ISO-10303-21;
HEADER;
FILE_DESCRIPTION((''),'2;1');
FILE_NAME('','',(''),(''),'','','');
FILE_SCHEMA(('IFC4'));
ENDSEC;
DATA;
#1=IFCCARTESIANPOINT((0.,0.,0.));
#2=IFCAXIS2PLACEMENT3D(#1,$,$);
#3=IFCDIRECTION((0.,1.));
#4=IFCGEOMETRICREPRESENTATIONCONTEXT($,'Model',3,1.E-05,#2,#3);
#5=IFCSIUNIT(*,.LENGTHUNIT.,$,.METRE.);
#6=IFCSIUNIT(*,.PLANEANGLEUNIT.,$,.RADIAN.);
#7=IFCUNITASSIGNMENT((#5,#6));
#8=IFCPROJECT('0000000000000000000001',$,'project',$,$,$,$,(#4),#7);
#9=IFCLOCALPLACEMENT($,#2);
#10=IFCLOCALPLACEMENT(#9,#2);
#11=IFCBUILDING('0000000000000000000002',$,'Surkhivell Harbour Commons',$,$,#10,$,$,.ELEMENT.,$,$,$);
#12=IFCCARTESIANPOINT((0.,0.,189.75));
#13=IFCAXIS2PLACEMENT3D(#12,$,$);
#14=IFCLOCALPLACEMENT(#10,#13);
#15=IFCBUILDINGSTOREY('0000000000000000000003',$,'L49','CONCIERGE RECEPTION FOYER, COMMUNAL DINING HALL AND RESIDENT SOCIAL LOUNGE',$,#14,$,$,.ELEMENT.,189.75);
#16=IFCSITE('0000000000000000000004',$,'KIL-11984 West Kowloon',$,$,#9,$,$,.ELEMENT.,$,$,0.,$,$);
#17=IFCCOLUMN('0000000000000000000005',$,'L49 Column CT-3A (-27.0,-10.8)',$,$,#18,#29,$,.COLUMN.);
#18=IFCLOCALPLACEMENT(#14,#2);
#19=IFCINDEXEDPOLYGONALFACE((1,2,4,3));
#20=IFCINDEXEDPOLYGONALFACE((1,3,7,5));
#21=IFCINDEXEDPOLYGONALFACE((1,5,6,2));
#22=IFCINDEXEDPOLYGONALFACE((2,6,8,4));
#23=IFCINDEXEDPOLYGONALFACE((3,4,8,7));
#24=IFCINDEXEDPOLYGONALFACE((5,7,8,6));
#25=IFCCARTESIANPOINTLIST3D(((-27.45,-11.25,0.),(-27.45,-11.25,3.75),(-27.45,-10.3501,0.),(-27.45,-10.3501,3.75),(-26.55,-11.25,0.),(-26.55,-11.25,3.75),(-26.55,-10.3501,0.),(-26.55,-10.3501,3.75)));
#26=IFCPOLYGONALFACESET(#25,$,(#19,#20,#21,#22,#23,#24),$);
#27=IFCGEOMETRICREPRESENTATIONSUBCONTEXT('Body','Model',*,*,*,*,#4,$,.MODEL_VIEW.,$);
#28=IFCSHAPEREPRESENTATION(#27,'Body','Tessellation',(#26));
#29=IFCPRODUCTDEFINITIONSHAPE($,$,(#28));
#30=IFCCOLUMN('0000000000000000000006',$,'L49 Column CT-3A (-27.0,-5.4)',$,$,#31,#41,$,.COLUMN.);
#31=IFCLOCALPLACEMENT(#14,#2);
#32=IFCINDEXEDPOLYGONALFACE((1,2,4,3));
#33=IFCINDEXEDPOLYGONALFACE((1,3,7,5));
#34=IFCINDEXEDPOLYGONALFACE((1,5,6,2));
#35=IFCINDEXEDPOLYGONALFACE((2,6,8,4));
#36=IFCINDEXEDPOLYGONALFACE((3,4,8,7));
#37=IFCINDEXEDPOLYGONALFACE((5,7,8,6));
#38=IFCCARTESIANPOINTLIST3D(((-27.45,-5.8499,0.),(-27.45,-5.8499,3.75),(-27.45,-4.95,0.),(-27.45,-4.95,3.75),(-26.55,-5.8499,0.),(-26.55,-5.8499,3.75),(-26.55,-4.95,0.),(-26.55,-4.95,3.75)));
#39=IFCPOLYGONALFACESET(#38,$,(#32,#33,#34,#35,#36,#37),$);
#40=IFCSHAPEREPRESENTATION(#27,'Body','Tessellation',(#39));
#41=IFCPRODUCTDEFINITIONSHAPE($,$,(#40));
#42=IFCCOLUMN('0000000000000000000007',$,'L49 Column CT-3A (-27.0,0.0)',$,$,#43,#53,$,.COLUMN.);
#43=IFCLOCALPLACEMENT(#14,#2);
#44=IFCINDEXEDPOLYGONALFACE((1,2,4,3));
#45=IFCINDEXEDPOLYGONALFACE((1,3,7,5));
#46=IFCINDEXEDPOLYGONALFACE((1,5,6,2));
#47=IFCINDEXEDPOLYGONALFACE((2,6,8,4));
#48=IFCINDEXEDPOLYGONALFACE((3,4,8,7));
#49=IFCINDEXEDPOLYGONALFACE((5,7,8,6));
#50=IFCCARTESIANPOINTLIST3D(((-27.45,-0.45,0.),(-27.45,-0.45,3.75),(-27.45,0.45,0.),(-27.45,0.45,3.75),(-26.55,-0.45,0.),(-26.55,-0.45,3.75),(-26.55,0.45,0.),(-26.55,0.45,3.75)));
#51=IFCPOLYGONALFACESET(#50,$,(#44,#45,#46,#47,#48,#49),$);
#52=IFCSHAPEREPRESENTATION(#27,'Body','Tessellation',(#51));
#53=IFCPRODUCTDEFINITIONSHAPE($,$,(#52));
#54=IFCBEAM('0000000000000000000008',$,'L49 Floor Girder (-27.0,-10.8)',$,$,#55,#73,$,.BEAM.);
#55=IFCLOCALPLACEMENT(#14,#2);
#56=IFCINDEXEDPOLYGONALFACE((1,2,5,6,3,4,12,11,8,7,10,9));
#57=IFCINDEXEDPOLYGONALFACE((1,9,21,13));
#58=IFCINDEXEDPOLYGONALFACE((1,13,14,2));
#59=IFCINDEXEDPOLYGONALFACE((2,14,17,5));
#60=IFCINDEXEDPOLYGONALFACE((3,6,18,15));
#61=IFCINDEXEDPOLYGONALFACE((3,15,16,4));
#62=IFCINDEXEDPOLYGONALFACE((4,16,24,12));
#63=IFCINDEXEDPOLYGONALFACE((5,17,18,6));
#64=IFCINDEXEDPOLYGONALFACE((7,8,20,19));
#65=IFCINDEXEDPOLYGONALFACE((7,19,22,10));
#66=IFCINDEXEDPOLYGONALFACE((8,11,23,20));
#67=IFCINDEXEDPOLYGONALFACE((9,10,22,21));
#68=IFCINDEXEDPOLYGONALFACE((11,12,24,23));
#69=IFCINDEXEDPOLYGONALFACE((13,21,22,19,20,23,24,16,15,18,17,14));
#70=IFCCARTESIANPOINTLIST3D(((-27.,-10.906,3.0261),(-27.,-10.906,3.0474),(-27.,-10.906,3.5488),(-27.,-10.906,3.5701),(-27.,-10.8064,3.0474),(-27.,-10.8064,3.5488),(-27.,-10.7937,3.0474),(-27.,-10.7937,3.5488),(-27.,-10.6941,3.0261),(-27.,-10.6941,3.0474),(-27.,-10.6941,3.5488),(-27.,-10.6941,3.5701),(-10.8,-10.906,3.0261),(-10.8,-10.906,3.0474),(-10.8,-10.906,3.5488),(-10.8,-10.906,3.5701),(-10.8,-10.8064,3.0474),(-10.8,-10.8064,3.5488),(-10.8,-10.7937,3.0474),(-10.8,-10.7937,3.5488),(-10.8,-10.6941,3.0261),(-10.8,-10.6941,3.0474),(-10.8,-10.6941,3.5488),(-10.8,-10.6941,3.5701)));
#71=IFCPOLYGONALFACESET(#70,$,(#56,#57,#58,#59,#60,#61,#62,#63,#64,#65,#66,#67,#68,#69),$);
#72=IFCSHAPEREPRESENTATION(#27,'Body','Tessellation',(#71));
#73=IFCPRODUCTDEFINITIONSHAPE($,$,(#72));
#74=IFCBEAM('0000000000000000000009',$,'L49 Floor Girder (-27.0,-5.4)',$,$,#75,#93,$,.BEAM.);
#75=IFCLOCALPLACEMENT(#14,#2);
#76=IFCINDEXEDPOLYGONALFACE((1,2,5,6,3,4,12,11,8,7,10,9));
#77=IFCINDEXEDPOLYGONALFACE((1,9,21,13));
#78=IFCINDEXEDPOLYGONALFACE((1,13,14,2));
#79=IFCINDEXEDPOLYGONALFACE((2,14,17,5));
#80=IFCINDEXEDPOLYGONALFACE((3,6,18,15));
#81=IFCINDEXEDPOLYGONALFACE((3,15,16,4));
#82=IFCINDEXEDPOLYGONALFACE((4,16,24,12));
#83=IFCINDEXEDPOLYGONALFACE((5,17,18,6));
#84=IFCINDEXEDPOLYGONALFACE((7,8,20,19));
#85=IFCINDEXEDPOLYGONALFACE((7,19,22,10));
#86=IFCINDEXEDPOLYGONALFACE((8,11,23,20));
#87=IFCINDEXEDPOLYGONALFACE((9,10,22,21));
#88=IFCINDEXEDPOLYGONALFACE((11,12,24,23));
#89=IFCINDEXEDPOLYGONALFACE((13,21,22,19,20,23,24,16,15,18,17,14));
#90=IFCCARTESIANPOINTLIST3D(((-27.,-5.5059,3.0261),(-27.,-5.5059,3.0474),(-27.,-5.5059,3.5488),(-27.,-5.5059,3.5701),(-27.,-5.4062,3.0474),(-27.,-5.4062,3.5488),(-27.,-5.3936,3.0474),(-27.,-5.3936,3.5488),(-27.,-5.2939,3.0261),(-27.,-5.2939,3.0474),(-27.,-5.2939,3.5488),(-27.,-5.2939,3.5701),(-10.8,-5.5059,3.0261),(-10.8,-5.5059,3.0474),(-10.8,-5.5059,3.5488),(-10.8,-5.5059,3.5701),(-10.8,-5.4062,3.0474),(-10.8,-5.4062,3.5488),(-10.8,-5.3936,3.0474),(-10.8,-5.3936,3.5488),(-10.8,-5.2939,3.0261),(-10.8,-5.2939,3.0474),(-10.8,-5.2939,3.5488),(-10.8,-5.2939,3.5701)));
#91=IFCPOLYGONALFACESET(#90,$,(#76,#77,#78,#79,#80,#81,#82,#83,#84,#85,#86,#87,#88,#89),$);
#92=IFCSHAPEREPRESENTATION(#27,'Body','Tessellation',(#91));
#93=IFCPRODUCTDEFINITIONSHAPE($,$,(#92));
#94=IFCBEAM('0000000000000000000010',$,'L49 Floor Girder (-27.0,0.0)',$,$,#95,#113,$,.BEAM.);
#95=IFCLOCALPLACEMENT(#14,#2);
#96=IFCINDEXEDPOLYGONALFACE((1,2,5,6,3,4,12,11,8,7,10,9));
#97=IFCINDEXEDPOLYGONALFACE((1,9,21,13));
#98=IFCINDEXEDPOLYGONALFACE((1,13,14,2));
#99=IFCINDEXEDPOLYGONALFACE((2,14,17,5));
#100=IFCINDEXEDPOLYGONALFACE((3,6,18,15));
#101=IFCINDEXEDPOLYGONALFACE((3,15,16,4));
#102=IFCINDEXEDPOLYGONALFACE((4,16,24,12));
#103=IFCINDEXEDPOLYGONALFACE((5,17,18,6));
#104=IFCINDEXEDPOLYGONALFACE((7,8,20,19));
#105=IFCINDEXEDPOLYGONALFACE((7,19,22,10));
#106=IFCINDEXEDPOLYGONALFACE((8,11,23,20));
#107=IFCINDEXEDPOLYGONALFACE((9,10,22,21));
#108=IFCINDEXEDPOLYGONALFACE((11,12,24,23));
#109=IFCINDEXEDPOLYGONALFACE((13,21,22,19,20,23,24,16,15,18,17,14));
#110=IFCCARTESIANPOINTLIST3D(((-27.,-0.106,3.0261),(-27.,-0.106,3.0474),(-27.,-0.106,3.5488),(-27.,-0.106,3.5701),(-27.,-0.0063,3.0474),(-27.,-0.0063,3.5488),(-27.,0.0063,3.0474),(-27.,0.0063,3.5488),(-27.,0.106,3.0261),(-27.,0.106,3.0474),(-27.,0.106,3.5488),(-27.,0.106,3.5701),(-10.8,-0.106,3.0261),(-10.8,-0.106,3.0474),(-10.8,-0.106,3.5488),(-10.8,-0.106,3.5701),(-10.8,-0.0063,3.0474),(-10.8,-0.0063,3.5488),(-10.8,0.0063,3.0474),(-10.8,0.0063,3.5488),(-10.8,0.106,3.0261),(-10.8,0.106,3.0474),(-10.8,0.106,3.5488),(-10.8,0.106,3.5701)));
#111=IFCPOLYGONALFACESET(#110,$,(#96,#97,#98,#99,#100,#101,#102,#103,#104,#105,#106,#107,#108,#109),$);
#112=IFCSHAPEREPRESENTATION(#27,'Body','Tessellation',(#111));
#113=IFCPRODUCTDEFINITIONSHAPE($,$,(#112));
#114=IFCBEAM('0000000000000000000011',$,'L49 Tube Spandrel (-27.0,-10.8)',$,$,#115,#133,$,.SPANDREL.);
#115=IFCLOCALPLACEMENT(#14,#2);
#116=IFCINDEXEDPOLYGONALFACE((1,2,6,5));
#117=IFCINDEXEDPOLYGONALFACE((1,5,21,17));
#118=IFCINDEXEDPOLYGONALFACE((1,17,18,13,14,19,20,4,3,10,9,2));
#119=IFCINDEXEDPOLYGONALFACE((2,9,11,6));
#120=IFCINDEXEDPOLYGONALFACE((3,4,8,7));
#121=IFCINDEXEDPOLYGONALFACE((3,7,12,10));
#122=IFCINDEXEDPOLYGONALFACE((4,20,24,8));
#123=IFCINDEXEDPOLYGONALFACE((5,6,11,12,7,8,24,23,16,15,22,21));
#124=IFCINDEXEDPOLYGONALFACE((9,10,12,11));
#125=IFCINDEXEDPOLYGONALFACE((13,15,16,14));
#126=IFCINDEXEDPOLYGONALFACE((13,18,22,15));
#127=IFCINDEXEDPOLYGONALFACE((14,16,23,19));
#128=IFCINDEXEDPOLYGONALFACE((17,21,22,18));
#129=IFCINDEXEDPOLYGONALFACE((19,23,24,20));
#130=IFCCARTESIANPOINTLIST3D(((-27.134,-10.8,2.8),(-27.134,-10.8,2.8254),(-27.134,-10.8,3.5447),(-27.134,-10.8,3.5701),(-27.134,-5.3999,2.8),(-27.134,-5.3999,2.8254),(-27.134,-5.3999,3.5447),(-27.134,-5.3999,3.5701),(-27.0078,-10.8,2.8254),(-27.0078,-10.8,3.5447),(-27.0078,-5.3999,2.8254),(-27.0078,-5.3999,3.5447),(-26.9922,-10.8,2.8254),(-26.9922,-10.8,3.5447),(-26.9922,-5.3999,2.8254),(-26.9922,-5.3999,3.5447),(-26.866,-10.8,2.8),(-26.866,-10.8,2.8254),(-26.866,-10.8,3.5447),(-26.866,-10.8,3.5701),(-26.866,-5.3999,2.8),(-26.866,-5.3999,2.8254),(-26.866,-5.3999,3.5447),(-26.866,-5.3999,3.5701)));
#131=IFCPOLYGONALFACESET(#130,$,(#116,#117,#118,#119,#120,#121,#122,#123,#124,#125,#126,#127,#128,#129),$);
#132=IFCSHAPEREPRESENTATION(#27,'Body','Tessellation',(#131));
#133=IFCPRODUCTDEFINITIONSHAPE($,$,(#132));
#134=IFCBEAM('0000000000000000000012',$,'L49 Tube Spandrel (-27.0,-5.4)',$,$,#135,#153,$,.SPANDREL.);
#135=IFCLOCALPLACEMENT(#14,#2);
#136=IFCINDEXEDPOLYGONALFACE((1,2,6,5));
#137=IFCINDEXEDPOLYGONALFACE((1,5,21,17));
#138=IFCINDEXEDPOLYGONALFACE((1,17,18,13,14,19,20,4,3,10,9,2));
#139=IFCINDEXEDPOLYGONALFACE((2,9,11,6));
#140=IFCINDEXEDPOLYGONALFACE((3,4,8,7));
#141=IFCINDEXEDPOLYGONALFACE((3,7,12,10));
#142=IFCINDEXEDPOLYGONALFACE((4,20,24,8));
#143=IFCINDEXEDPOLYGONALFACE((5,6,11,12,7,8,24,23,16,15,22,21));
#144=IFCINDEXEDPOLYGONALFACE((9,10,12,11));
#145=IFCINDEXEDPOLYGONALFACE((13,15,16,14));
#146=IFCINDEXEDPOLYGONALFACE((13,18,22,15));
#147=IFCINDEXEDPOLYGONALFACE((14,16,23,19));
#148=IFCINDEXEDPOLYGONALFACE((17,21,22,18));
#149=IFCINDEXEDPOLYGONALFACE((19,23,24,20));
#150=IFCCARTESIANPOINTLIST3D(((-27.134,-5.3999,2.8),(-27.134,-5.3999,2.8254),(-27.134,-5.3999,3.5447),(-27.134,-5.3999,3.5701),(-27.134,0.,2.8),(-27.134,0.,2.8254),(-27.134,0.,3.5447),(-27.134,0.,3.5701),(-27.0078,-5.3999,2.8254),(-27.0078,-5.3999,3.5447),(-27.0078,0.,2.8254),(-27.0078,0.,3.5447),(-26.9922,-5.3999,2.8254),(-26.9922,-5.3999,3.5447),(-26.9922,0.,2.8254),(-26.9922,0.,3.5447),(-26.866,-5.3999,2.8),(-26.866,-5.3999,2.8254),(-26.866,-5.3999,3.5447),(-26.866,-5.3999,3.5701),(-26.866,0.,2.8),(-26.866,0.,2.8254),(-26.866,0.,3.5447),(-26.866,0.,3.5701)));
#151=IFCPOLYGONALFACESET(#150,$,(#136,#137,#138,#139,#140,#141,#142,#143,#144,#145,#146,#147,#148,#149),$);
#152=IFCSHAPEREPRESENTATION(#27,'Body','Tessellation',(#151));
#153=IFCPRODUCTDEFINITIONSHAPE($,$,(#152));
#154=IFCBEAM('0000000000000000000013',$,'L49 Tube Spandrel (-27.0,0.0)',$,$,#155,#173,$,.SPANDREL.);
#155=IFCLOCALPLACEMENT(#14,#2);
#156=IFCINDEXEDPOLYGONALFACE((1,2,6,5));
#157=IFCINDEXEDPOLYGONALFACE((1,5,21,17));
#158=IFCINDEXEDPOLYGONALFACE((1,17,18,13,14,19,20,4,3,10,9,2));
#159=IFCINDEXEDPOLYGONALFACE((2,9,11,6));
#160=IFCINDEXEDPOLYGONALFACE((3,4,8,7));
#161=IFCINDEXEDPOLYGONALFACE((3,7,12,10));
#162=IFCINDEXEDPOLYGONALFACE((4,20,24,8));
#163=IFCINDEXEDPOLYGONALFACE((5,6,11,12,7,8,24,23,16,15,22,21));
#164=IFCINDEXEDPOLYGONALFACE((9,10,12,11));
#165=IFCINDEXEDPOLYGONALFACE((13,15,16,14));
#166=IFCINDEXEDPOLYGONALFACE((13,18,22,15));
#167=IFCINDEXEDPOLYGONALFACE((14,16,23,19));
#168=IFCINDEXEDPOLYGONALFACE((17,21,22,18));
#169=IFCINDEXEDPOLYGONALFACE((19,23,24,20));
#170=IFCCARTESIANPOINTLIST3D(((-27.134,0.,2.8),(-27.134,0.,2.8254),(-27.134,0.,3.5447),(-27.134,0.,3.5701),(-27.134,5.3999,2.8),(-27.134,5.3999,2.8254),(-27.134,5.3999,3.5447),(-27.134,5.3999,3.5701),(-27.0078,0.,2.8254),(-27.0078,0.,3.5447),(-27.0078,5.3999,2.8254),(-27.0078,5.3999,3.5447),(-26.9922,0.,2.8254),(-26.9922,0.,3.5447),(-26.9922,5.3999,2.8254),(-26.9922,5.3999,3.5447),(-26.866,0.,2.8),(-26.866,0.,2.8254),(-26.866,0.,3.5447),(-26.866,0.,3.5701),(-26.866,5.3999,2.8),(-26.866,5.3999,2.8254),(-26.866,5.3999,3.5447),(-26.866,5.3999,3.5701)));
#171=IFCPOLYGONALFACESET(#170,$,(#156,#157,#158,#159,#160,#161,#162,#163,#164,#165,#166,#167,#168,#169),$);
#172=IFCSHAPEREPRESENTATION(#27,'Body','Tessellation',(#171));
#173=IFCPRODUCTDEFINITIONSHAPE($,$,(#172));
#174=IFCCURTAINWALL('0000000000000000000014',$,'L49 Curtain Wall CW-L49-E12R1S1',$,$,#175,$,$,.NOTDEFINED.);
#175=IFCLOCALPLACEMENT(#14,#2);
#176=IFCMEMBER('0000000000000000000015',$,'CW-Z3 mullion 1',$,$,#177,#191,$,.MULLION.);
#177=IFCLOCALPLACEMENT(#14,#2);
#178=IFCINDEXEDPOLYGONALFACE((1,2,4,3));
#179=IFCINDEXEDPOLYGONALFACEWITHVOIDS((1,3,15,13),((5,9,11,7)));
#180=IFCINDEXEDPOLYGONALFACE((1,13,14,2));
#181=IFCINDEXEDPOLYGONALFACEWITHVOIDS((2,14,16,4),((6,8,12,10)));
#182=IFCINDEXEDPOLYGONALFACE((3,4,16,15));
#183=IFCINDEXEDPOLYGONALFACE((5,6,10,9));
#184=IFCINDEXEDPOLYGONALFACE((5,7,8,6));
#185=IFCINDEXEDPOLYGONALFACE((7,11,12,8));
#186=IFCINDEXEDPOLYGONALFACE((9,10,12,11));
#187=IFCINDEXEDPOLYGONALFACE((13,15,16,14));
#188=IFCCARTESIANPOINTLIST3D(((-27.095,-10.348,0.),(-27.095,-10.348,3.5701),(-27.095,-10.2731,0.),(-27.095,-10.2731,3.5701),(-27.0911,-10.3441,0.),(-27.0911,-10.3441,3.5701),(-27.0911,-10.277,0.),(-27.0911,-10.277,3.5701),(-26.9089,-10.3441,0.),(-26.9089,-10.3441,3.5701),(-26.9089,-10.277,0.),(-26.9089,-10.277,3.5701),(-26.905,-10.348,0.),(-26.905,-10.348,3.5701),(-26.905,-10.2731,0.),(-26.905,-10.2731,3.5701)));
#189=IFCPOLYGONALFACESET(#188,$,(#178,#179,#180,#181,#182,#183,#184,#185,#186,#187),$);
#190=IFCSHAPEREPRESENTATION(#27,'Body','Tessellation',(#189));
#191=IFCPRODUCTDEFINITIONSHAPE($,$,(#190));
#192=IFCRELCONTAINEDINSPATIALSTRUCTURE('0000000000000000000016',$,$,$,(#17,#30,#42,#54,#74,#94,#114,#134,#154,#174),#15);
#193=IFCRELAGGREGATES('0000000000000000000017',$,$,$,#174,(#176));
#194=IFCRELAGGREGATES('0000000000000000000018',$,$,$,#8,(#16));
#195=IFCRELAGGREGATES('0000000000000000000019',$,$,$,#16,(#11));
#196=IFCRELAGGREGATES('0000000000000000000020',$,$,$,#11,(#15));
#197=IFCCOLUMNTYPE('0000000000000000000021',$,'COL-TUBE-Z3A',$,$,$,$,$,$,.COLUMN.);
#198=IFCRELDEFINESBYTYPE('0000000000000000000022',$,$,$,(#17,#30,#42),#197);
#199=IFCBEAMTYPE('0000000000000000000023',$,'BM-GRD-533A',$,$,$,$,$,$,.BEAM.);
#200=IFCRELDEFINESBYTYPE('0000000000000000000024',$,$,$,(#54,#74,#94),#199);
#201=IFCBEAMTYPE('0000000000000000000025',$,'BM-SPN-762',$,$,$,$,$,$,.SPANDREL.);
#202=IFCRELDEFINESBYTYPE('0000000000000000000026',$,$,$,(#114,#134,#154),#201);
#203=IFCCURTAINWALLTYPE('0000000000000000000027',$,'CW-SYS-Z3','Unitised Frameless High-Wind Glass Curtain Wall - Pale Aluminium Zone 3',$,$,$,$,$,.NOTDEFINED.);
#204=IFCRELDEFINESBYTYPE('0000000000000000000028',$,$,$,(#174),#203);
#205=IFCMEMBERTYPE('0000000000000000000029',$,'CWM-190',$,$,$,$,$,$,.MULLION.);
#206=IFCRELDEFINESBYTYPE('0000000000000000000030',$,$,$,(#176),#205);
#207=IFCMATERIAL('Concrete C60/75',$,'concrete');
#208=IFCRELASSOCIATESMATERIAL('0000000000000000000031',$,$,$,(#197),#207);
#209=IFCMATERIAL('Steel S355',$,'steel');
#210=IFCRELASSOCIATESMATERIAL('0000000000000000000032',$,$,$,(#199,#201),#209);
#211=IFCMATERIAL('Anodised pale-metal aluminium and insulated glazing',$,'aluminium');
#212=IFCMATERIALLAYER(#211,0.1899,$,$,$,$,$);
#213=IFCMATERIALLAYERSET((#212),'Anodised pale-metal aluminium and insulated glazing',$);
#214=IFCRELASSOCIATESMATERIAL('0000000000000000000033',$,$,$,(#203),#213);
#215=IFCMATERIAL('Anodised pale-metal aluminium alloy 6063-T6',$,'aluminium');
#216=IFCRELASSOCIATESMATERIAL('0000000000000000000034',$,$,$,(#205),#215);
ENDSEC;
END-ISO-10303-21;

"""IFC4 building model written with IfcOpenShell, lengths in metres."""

from ifc_helpers import new_model, si_unit, direction, frame, origin, origin_2d, place, context, subcontext, project, spatial, rectangle, hollow_rectangle, i_section, extrude, material, layer, layer_set, material_profile, profile_set, type_object, element, aggregate, save


model = new_model("IFC4")

# Units and contexts
model_context = context("Model", 3, precision=1e-05, world=origin(), true_north=direction((0.0, 1.0)))
body_context = subcontext(model_context, "Body", "Model", "MODEL_VIEW")
ifc_project = project(units=[si_unit("LENGTHUNIT", "METRE"), si_unit("PLANEANGLEUNIT", "RADIAN")], contexts=[model_context])

# Site, building, storey
site_placement = place(None, origin())
site = spatial("IfcSite", under=ifc_project, at=site_placement, Name="KIL-11984 West Kowloon", CompositionType="ELEMENT", RefElevation=0.0)
building_placement = place(site_placement, origin())
building = spatial("IfcBuilding", under=site, at=building_placement, Name="Surkhivell Harbour Commons", CompositionType="ELEMENT")
storey_placement = place(building_placement, frame((0.0, 0.0, 189.75)))
storey = spatial("IfcBuildingStorey", under=building, at=storey_placement, Name="L49", Description="CONCIERGE RECEPTION FOYER, COMMUNAL DINING HALL AND RESIDENT SOCIAL LOUNGE", CompositionType="ELEMENT", Elevation=189.75)

# Columns
ifc_material_1 = material(Name="Concrete C60/75", Category="concrete")
ifc_material_profile_1 = material_profile(ifc_material_1, rectangle(XDim=0.8999, YDim=0.8999, at=origin_2d()), Name="RC-COL-900x900")
ifc_profile_set_1 = profile_set([ifc_material_profile_1], Name="Concrete C60/75")
column_type = type_object("IfcColumnType", Name="COL-TUBE-Z3A", PredefinedType="COLUMN", material=ifc_profile_set_1)
for number, where, z_axis, x_axis, name in (
    (1, (-27.0, -10.8, 0.0), (0.0, 0.0, 1.0), (1.0, 0.0, 0.0), "L49 Column CT-3A (-27.0,-10.8)"),
    (2, (-27.0, -5.3999, 0.0), (0.0, 0.0, 1.0), (1.0, 0.0, 0.0), "L49 Column CT-3A (-27.0,-5.4)"),
    (3, (-27.0, 0.0, 0.0), (0.0, 0.0, 1.0), (1.0, 0.0, 0.0), "L49 Column CT-3A (-27.0,0.0)"),
):
    element("IfcColumn", number, at=place(storey_placement, frame(where, z_axis=z_axis, x_axis=x_axis)), inside=storey, type_object=column_type, Name=name, PredefinedType="COLUMN", context=body_context, shape_type="SweptSolid", body=[
        extrude(rectangle(XDim=0.8999, YDim=0.8999, at=origin_2d()), origin(), (0.0, 0.0, 1.0), 3.75),
    ])

# Beams
ifc_material_2 = material(Name="Steel S355", Category="steel")
ifc_material_profile_2 = material_profile(ifc_material_2, i_section(OverallWidth=0.2119, OverallDepth=0.5439, WebThickness=0.0127, FlangeThickness=0.0212, at=origin_2d()), Name="UB533x210x122")
ifc_profile_set_2 = profile_set([ifc_material_profile_2], Name="Steel S355")
beam_type_1 = type_object("IfcBeamType", Name="BM-GRD-533A", PredefinedType="BEAM", material=ifc_profile_set_2)
for number, where, z_axis, x_axis, name in (
    (4, (-27.0, -10.8, 3.2981), (1.0, 0.0, 0.0), (0.0, 1.0, 0.0), "L49 Floor Girder (-27.0,-10.8)"),
    (5, (-27.0, -5.3999, 3.2981), (1.0, 0.0, 0.0), (0.0, 1.0, 0.0), "L49 Floor Girder (-27.0,-5.4)"),
    (6, (-27.0, 0.0, 3.2981), (1.0, 0.0, 0.0), (0.0, 1.0, 0.0), "L49 Floor Girder (-27.0,0.0)"),
):
    element("IfcBeam", number, at=place(storey_placement, frame(where, z_axis=z_axis, x_axis=x_axis)), inside=storey, type_object=beam_type_1, Name=name, PredefinedType="BEAM", context=body_context, shape_type="SweptSolid", body=[
        extrude(i_section(OverallWidth=0.2119, OverallDepth=0.5439, WebThickness=0.0127, FlangeThickness=0.0212, at=origin_2d()), origin(), (0.0, 0.0, 1.0), 16.2),
    ])
ifc_material_profile_3 = material_profile(ifc_material_2, i_section(OverallWidth=0.2681, OverallDepth=0.77, WebThickness=0.0156, FlangeThickness=0.0254, at=origin_2d()), Name="UB762x267x197")
ifc_profile_set_3 = profile_set([ifc_material_profile_3], Name="Steel S355")
beam_type_2 = type_object("IfcBeamType", Name="BM-SPN-762", PredefinedType="SPANDREL", material=ifc_profile_set_3)
beam_placement = place(storey_placement, frame((-27.0, -10.8, 3.1851), z_axis=(0.0, 1.0, 0.0), x_axis=(-1.0, 0.0, 0.0)))
element("IfcBeam", 7, at=beam_placement, inside=storey, type_object=beam_type_2, Name="L49 Tube Spandrel (-27.0,-10.8)", PredefinedType="SPANDREL", context=body_context, shape_type="SweptSolid", body=[
    extrude(i_section(OverallWidth=0.2681, OverallDepth=0.77, WebThickness=0.0156, FlangeThickness=0.0254, at=origin_2d()), origin(), (0.0, 0.0, 1.0), 5.4001),
])
for number, where, z_axis, x_axis, name in (
    (8, (-27.0, -5.3999, 3.1851), (0.0, 1.0, 0.0), (-1.0, 0.0, 0.0), "L49 Tube Spandrel (-27.0,-5.4)"),
    (9, (-27.0, 0.0, 3.1851), (0.0, 1.0, 0.0), (-1.0, 0.0, 0.0), "L49 Tube Spandrel (-27.0,0.0)"),
):
    element("IfcBeam", number, at=place(storey_placement, frame(where, z_axis=z_axis, x_axis=x_axis)), inside=storey, type_object=beam_type_2, Name=name, PredefinedType="SPANDREL", context=body_context, shape_type="SweptSolid", body=[
        extrude(i_section(OverallWidth=0.2681, OverallDepth=0.77, WebThickness=0.0156, FlangeThickness=0.0254, at=origin_2d()), origin(), (0.0, 0.0, 1.0), 5.3999),
    ])

# Curtain wall, member
ifc_material_3 = material(Name="Anodised pale-metal aluminium and insulated glazing", Category="aluminium")
ifc_layer_1 = layer(ifc_material_3, 0.1899)
ifc_layer_set_1 = layer_set([ifc_layer_1], Name="Anodised pale-metal aluminium and insulated glazing")
curtain_wall_type = type_object("IfcCurtainWallType", Name="CW-SYS-Z3", Description="Unitised Frameless High-Wind Glass Curtain Wall - Pale Aluminium Zone 3", PredefinedType="NOTDEFINED", material=ifc_layer_set_1)
curtain_wall_placement = place(storey_placement, origin())
curtain_wall = element("IfcCurtainWall", 10, at=curtain_wall_placement, inside=storey, type_object=curtain_wall_type, Name="L49 Curtain Wall CW-L49-E12R1S1", PredefinedType="NOTDEFINED")
ifc_material_4 = material(Name="Anodised pale-metal aluminium alloy 6063-T6", Category="aluminium")
ifc_material_profile_4 = material_profile(ifc_material_4, hollow_rectangle(XDim=0.075, YDim=0.1899, WallThickness=0.0039, at=origin_2d()), Name="ALU-MULL-75x190")
ifc_profile_set_4 = profile_set([ifc_material_profile_4], Name="Anodised pale-metal aluminium alloy 6063-T6")
member_type_1 = type_object("IfcMemberType", Name="CWM-190", PredefinedType="MULLION", material=ifc_profile_set_4)
member_1_placement = place(storey_placement, frame((-27.0, -10.3105, 0.0), z_axis=(0.0, 0.0, 1.0), x_axis=(0.0, 1.0, 0.0)))
member_1 = element("IfcMember", 11, at=member_1_placement, type_object=member_type_1, Name="CW-Z3 mullion 1", PredefinedType="MULLION", context=body_context, shape_type="SweptSolid", body=[
    extrude(hollow_rectangle(XDim=0.075, YDim=0.1899, WallThickness=0.0039, at=origin_2d()), origin(), (0.0, 0.0, 1.0), 3.5701),
])

aggregate(curtain_wall, [member_1])

save(model, "model.ifc")
